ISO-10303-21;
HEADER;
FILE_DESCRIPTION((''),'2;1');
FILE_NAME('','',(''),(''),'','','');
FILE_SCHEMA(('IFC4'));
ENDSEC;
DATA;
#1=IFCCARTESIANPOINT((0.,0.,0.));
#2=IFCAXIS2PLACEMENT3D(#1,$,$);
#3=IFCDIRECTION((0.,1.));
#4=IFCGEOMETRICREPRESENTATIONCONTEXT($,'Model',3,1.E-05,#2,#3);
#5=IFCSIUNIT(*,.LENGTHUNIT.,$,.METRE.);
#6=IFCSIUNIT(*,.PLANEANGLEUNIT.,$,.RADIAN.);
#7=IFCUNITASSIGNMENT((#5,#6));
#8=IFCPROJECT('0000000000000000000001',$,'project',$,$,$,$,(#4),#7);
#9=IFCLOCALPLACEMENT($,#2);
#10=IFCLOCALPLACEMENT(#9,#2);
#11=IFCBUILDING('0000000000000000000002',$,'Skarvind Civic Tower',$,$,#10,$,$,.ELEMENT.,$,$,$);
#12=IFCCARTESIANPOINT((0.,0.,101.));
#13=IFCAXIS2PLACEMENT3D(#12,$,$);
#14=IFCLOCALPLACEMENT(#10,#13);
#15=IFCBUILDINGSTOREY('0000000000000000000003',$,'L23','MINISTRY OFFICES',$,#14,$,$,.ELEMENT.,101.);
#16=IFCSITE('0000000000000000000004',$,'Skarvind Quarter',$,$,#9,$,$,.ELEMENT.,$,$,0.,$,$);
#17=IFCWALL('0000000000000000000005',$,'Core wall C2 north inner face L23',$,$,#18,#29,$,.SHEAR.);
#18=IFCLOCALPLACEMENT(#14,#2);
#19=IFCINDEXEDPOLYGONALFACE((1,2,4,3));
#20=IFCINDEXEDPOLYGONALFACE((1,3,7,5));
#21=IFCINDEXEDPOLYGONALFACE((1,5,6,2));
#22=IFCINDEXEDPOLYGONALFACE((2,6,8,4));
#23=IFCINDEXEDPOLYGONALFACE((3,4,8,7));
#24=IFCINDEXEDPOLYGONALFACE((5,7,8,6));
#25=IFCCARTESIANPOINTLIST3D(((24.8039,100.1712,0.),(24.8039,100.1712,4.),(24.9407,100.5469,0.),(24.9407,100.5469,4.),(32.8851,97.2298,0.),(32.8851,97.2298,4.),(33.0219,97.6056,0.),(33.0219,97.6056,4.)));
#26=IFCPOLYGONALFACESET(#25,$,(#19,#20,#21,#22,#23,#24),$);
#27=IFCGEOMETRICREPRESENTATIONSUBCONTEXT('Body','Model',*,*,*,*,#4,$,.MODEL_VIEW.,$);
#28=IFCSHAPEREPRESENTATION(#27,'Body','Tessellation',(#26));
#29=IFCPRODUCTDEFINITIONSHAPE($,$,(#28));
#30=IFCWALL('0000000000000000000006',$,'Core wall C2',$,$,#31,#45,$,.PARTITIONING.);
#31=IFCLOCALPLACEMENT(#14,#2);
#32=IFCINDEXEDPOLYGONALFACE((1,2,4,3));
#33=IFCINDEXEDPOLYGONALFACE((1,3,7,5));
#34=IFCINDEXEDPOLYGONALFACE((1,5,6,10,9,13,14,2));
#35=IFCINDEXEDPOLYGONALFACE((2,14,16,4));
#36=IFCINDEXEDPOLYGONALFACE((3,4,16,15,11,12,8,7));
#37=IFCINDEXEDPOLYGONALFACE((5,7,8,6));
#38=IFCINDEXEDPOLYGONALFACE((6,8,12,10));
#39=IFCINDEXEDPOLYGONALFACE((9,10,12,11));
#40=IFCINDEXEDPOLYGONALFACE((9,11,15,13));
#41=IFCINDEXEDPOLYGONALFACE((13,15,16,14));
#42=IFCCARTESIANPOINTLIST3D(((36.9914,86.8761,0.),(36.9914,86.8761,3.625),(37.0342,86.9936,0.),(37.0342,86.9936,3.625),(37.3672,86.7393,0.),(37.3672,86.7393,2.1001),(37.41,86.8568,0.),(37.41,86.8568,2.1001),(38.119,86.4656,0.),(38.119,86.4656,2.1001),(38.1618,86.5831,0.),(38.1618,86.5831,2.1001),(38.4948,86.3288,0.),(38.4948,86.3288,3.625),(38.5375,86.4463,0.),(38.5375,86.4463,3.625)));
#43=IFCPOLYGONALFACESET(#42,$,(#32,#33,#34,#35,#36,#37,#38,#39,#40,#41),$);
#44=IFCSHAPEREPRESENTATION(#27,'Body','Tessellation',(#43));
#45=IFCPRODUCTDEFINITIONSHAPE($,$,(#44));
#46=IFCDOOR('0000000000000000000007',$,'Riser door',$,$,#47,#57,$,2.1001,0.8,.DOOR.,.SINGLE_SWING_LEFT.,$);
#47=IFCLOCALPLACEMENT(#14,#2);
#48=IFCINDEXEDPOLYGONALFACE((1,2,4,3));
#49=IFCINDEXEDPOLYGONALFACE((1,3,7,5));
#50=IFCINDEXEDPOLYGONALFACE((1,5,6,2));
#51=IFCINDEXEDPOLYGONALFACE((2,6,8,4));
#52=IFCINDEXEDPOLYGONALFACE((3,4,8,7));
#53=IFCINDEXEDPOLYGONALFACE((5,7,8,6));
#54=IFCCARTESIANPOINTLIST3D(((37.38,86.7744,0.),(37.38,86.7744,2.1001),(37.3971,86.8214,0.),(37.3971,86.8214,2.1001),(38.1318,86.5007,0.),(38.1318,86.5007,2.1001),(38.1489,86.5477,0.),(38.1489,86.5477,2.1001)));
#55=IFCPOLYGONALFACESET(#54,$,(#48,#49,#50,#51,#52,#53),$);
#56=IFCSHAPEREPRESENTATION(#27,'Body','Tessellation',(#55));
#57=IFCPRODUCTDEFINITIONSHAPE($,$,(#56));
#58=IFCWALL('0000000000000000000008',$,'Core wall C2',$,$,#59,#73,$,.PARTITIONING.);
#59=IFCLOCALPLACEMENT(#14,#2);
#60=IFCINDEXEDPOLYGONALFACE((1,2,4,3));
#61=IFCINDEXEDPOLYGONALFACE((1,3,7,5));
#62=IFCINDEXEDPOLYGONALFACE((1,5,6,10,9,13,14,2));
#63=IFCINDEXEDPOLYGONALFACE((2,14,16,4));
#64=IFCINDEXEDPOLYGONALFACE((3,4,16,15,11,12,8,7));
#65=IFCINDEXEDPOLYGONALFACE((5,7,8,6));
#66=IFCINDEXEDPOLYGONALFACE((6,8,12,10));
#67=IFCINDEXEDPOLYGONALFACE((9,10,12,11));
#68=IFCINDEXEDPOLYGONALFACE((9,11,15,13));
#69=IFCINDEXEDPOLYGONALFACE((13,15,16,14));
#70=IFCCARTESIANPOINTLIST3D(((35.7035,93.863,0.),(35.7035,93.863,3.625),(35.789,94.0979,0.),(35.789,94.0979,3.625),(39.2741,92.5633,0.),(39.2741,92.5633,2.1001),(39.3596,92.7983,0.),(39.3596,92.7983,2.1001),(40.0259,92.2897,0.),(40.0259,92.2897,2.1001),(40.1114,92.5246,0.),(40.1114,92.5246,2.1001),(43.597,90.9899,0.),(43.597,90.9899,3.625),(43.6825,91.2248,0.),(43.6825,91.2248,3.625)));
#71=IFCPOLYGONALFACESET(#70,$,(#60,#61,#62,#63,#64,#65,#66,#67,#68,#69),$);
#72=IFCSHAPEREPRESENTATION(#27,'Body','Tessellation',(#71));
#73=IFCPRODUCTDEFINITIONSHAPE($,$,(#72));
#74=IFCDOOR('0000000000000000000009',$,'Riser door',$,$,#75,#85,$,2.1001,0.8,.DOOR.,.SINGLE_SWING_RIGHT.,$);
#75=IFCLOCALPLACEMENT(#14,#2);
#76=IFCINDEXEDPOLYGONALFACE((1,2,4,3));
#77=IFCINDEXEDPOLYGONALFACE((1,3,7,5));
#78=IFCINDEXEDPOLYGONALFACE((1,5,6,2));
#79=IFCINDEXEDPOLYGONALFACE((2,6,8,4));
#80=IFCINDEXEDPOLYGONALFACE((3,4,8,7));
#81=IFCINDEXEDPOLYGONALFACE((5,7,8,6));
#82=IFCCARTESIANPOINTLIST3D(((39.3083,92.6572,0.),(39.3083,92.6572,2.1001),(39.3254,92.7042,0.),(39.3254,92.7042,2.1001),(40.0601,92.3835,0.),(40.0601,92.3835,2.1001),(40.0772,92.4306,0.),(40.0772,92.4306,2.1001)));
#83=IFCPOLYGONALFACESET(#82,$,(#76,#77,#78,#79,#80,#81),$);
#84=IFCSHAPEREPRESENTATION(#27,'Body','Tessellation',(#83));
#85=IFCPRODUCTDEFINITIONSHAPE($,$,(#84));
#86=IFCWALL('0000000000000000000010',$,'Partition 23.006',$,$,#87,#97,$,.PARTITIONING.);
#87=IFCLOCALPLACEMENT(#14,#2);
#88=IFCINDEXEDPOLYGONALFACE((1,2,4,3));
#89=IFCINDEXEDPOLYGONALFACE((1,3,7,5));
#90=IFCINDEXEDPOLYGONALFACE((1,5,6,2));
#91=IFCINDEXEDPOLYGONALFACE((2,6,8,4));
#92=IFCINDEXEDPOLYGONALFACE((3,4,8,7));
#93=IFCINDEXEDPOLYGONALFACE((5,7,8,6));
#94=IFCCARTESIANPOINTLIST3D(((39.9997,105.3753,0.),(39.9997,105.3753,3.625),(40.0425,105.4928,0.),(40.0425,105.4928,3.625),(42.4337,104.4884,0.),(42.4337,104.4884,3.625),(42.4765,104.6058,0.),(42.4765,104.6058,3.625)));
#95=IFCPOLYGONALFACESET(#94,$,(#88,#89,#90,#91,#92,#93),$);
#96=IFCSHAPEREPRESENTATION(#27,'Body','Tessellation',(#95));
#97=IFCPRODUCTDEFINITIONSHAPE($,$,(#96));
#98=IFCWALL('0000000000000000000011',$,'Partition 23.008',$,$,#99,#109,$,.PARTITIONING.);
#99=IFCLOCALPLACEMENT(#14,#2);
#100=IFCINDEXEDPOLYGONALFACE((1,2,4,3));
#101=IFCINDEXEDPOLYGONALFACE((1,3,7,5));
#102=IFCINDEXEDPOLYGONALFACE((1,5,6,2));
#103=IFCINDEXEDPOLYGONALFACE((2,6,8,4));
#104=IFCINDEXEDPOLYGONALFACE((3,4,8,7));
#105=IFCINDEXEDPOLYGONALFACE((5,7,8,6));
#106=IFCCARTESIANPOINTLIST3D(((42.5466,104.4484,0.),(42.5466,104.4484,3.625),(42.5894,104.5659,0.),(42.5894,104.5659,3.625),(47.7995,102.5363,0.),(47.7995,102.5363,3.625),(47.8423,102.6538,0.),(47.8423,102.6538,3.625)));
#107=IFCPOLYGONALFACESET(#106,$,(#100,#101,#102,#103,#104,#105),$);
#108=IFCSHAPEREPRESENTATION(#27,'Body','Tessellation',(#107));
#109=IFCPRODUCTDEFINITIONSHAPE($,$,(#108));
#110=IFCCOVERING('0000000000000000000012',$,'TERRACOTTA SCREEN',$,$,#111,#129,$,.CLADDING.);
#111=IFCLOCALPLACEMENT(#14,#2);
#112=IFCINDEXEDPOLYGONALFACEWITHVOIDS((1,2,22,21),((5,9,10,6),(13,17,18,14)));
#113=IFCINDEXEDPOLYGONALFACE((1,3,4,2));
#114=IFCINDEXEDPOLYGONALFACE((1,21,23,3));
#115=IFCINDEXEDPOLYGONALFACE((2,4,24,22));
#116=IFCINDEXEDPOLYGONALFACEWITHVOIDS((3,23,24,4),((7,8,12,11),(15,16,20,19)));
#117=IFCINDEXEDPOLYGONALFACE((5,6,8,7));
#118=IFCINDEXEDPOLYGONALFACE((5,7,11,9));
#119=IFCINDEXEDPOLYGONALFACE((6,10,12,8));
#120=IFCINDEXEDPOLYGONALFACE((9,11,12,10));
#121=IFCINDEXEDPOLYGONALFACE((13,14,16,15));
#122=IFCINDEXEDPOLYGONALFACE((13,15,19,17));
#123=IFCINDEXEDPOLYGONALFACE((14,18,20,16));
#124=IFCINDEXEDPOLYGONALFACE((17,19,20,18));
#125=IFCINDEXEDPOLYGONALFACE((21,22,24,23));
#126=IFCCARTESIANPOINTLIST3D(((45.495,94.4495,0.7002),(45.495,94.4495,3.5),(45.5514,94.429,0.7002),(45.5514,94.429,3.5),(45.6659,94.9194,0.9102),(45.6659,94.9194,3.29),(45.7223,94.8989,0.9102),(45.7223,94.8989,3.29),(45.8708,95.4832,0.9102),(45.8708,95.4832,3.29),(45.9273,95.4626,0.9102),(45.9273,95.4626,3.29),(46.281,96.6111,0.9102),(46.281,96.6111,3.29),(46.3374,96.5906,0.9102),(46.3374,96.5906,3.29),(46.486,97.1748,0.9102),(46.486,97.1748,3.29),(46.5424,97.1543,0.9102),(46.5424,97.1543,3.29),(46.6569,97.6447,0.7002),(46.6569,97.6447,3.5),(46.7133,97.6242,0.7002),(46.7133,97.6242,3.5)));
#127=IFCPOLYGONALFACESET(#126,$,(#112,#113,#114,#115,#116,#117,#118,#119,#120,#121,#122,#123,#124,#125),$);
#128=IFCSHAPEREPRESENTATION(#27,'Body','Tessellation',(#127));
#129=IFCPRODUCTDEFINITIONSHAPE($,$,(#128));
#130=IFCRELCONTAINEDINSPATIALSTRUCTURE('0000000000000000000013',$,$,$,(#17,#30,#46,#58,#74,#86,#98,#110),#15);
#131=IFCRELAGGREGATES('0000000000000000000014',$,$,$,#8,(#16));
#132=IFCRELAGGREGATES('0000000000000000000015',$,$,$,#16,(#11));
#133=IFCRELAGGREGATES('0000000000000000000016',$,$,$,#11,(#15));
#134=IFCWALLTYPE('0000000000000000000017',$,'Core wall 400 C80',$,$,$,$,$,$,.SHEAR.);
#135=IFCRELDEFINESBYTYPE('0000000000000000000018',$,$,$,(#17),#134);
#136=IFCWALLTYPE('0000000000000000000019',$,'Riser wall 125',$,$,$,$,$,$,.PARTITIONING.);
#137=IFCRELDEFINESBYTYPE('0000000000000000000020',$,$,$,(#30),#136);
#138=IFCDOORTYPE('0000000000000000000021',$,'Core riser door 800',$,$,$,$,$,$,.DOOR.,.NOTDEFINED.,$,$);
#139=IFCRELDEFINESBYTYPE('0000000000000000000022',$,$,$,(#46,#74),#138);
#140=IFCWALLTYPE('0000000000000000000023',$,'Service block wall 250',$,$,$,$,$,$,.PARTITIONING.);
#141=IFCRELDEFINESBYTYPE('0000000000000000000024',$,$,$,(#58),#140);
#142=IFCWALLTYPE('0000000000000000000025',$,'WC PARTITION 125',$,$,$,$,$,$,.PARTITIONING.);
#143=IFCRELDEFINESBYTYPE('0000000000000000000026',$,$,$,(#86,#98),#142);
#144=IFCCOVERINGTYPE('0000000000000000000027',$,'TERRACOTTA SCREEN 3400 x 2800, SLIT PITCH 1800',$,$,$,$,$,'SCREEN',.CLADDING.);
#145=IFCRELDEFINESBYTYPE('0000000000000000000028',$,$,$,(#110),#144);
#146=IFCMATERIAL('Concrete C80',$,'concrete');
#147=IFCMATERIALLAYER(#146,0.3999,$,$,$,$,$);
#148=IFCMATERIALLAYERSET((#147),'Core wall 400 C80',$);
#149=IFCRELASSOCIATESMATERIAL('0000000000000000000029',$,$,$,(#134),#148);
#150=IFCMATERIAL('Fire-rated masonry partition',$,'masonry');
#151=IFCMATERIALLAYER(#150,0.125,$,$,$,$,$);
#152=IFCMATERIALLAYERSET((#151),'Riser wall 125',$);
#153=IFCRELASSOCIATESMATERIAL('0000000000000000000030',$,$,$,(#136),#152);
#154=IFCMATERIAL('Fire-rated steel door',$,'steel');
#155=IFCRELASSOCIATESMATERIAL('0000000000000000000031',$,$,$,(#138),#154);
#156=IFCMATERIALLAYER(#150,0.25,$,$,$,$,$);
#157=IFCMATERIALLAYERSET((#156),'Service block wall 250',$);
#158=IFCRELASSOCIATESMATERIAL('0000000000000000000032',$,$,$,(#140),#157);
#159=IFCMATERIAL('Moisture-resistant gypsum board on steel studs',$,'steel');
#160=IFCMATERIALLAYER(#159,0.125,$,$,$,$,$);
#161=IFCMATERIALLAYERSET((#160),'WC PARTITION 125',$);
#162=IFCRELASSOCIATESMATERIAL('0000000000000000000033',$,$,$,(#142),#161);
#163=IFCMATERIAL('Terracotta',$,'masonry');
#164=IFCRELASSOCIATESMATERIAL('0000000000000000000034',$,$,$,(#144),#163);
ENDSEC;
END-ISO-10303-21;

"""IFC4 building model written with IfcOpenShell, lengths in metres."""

from ifc_helpers import new_model, si_unit, direction, frame, frame_2d, origin, place, context, subcontext, project, spatial, polyline, rectangle, outline, extrude, material, layer, layer_set, material_profile, profile_set, type_object, element, fill, save


model = new_model("IFC4")

# Units and contexts
model_context = context("Model", 3, precision=1e-05, world=origin(), true_north=direction((0.0, 1.0)))
body_context = subcontext(model_context, "Body", "Model", "MODEL_VIEW")
ifc_project = project(units=[si_unit("LENGTHUNIT", "METRE"), si_unit("PLANEANGLEUNIT", "RADIAN")], contexts=[model_context])

# Site, building, storey
site_placement = place(None, origin())
site = spatial("IfcSite", under=ifc_project, at=site_placement, Name="Skarvind Quarter", CompositionType="ELEMENT", RefElevation=0.0)
building_placement = place(site_placement, origin())
building = spatial("IfcBuilding", under=site, at=building_placement, Name="Skarvind Civic Tower", CompositionType="ELEMENT")
storey_placement = place(building_placement, frame((0.0, 0.0, 101.0)))
storey = spatial("IfcBuildingStorey", under=building, at=storey_placement, Name="L23", Description="MINISTRY OFFICES", CompositionType="ELEMENT", Elevation=101.0)

# Shared definitions
ifc_material_1 = material(Name="Concrete C80", Category="concrete")

# Shared definitions
ifc_material_2 = material(Name="Fire-rated masonry partition", Category="masonry")
ifc_material_3 = material(Name="Fire-rated steel door", Category="steel")

# Wall
ifc_layer_1 = layer(ifc_material_1, 0.3999)
ifc_layer_set_1 = layer_set([ifc_layer_1], Name="Core wall 400 C80")
wall_type_1 = type_object("IfcWallType", Name="Core wall 400 C80", PredefinedType="SHEAR", material=ifc_layer_set_1)
for number, where, z_axis, x_axis, name in (
    (1, (32.9534, 97.4177, 0.0), (0.0, 0.0, 1.0), (-0.939691, 0.342026, 0.0), "Core wall C2 north inner face L23"),
):
    element("IfcWall", number, at=place(storey_placement, frame(where, z_axis=z_axis, x_axis=x_axis)), inside=storey, type_object=wall_type_1, Name=name, PredefinedType="SHEAR", context=body_context, shape_type="SweptSolid", body=[
        extrude(rectangle(XDim=8.5999, YDim=0.3999, at=frame_2d((4.2998, 0.0))), origin(), (0.0, 0.0, 1.0), 4.0),
    ])

# Walls, openings, doors
ifc_layer_2 = layer(ifc_material_2, 0.125)
ifc_layer_set_2 = layer_set([ifc_layer_2], Name="Riser wall 125")
wall_type_2 = type_object("IfcWallType", Name="Riser wall 125", PredefinedType="PARTITIONING", material=ifc_layer_set_2)
wall_1_placement = place(storey_placement, frame((37.0129, 86.9348, 0.0), z_axis=(0.0, 0.0, 1.0), x_axis=(0.93966, -0.342111, 0.0)))
wall_1 = element("IfcWall", 2, at=wall_1_placement, inside=storey, type_object=wall_type_2, Name="Core wall C2", PredefinedType="PARTITIONING", context=body_context, shape_type="SweptSolid", body=[
    extrude(rectangle(XDim=1.5999, YDim=0.125, at=frame_2d((0.7998, 0.0))), origin(), (0.0, 0.0, 1.0), 3.625),
])
opening_1_placement = place(wall_1_placement, frame((0.3999, 0.0, 0.0)))
opening_1 = element("IfcOpeningElement", 3, at=opening_1_placement, cuts=wall_1, PredefinedType="OPENING", context=body_context, shape_type="SweptSolid", body=[
    extrude(rectangle(XDim=0.8, YDim=2.1001, at=frame_2d((0.3999, 1.05))), frame((0.0, 0.0725, 0.0), z_axis=(0.0, -1.0, 0.0), x_axis=(1.0, 0.0, 0.0)), (0.0, 0.0, 1.0), 0.145),
])
door_type_1 = type_object("IfcDoorType", Name="Core riser door 800", OperationType="NOTDEFINED", PredefinedType="DOOR", material=ifc_material_3)
door_1_placement = place(opening_1_placement, origin())
door_1 = element("IfcDoor", 4, at=door_1_placement, inside=storey, type_object=door_type_1, Name="Riser door", OperationType="SINGLE_SWING_LEFT", OverallHeight=2.1001, OverallWidth=0.8, PredefinedType="DOOR", context=body_context, shape_type="SweptSolid", body=[
    extrude(rectangle(XDim=0.8, YDim=2.1001, at=frame_2d((0.3999, 1.05))), frame((0.0, 0.0249, 0.0), z_axis=(0.0, -1.0, 0.0), x_axis=(1.0, 0.0, 0.0)), (0.0, 0.0, 1.0), 0.05),
])
fill(opening_1, door_1)
ifc_layer_3 = layer(ifc_material_2, 0.25)
ifc_layer_set_3 = layer_set([ifc_layer_3], Name="Service block wall 250")
wall_type_3 = type_object("IfcWallType", Name="Service block wall 250", PredefinedType="PARTITIONING", material=ifc_layer_set_3)
wall_2_placement = place(storey_placement, frame((35.7461, 93.9805, 0.0), z_axis=(0.0, 0.0, 1.0), x_axis=(0.939692, -0.342023, 0.0)))
wall_2 = element("IfcWall", 5, at=wall_2_placement, inside=storey, type_object=wall_type_3, Name="Core wall C2", PredefinedType="PARTITIONING", context=body_context, shape_type="SweptSolid", body=[
    extrude(rectangle(XDim=8.4001, YDim=0.25, at=frame_2d((4.2002, 0.0))), origin(), (0.0, 0.0, 1.0), 3.625),
])
opening_2_placement = place(wall_2_placement, frame((3.8, 0.0, 0.0)))
opening_2 = element("IfcOpeningElement", 6, at=opening_2_placement, cuts=wall_2, PredefinedType="OPENING", context=body_context, shape_type="SweptSolid", body=[
    extrude(rectangle(XDim=0.8, YDim=2.1001, at=frame_2d((0.3999, 1.05))), frame((0.0, 0.135, 0.0), z_axis=(0.0, -1.0, 0.0), x_axis=(1.0, 0.0, 0.0)), (0.0, 0.0, 1.0), 0.27),
])
door_2_placement = place(opening_2_placement, origin())
door_2 = element("IfcDoor", 7, at=door_2_placement, inside=storey, type_object=door_type_1, Name="Riser door", OperationType="SINGLE_SWING_RIGHT", OverallHeight=2.1001, OverallWidth=0.8, PredefinedType="DOOR", context=body_context, shape_type="SweptSolid", body=[
    extrude(rectangle(XDim=0.8, YDim=2.1001, at=frame_2d((0.3999, 1.05))), frame((0.0, 0.0249, 0.0), z_axis=(0.0, -1.0, 0.0), x_axis=(1.0, 0.0, 0.0)), (0.0, 0.0, 1.0), 0.05),
])
fill(opening_2, door_2)

# Walls
ifc_material_4 = material(Name="Moisture-resistant gypsum board on steel studs", Category="steel")
ifc_layer_4 = layer(ifc_material_4, 0.125)
ifc_layer_set_4 = layer_set([ifc_layer_4], Name="WC PARTITION 125")
wall_type_4 = type_object("IfcWallType", Name="WC PARTITION 125", PredefinedType="PARTITIONING", material=ifc_layer_set_4)
wall_3_placement = place(storey_placement, frame((40.021, 105.4341, 0.0), z_axis=(0.0, 0.0, 1.0), x_axis=(0.939565, -0.342371, 0.0)))
element("IfcWall", 8, at=wall_3_placement, inside=storey, type_object=wall_type_4, Name="Partition 23.006", PredefinedType="PARTITIONING", context=body_context, shape_type="SweptSolid", body=[
    extrude(rectangle(XDim=2.5906, YDim=0.125, at=frame_2d((1.2954, 0.0))), origin(), (0.0, 0.0, 1.0), 3.625),
])
wall_4_placement = place(storey_placement, frame((42.5681, 104.5071, 0.0), z_axis=(0.0, 0.0, 1.0), x_axis=(0.939681, -0.342052, 0.0)))
element("IfcWall", 9, at=wall_4_placement, inside=storey, type_object=wall_type_4, Name="Partition 23.008", PredefinedType="PARTITIONING", context=body_context, shape_type="SweptSolid", body=[
    extrude(rectangle(XDim=5.5901, YDim=0.125, at=frame_2d((2.7949, 0.0))), origin(), (0.0, 0.0, 1.0), 3.625),
])

# Covering
ifc_material_5 = material(Name="Terracotta", Category="masonry")
ifc_material_profile_1 = material_profile(ifc_material_5, outline(polyline([(-1.7, -1.3999), (1.7, -1.3999), (1.7, 1.3999), (-1.7, 1.3999), (-1.7, -1.3999)]), holes=[polyline([(-1.2, -1.1899), (-0.6001, -1.1899), (-0.6001, 1.1899), (-1.2, 1.1899), (-1.2, -1.1899)]), polyline([(0.6001, -1.1899), (1.2, -1.1899), (1.2, 1.1899), (0.6001, 1.1899), (0.6001, -1.1899)])]), Name="TERRACOTTA SCREEN 3400 x 2800, SLIT PITCH 1800")
ifc_profile_set_1 = profile_set([ifc_material_profile_1], Name="Terracotta")
covering_type = type_object("IfcCoveringType", Name="TERRACOTTA SCREEN 3400 x 2800, SLIT PITCH 1800", ElementType="SCREEN", PredefinedType="CLADDING", material=ifc_profile_set_1)
covering_placement = place(storey_placement, frame((46.0759, 96.0471, 2.1001), z_axis=(0.939793, -0.341743, 0.0), x_axis=(0.341743, 0.939793, 0.0)))
element("IfcCovering", 10, at=covering_placement, inside=storey, type_object=covering_type, Name="TERRACOTTA SCREEN", PredefinedType="CLADDING", context=body_context, shape_type="SweptSolid", body=[
    extrude(outline(polyline([(-1.7, -1.3999), (1.7, -1.3999), (1.7, 1.3999), (-1.7, 1.3999), (-1.7, -1.3999)]), holes=[polyline([(-1.2, -1.1899), (-0.6001, -1.1899), (-0.6001, 1.1899), (-1.2, 1.1899), (-1.2, -1.1899)]), polyline([(0.6001, -1.1899), (1.2, -1.1899), (1.2, 1.1899), (0.6001, 1.1899), (0.6001, -1.1899)])]), origin(), (0.0, 0.0, 1.0), 0.0601),
])

save(model, "model.ifc")
